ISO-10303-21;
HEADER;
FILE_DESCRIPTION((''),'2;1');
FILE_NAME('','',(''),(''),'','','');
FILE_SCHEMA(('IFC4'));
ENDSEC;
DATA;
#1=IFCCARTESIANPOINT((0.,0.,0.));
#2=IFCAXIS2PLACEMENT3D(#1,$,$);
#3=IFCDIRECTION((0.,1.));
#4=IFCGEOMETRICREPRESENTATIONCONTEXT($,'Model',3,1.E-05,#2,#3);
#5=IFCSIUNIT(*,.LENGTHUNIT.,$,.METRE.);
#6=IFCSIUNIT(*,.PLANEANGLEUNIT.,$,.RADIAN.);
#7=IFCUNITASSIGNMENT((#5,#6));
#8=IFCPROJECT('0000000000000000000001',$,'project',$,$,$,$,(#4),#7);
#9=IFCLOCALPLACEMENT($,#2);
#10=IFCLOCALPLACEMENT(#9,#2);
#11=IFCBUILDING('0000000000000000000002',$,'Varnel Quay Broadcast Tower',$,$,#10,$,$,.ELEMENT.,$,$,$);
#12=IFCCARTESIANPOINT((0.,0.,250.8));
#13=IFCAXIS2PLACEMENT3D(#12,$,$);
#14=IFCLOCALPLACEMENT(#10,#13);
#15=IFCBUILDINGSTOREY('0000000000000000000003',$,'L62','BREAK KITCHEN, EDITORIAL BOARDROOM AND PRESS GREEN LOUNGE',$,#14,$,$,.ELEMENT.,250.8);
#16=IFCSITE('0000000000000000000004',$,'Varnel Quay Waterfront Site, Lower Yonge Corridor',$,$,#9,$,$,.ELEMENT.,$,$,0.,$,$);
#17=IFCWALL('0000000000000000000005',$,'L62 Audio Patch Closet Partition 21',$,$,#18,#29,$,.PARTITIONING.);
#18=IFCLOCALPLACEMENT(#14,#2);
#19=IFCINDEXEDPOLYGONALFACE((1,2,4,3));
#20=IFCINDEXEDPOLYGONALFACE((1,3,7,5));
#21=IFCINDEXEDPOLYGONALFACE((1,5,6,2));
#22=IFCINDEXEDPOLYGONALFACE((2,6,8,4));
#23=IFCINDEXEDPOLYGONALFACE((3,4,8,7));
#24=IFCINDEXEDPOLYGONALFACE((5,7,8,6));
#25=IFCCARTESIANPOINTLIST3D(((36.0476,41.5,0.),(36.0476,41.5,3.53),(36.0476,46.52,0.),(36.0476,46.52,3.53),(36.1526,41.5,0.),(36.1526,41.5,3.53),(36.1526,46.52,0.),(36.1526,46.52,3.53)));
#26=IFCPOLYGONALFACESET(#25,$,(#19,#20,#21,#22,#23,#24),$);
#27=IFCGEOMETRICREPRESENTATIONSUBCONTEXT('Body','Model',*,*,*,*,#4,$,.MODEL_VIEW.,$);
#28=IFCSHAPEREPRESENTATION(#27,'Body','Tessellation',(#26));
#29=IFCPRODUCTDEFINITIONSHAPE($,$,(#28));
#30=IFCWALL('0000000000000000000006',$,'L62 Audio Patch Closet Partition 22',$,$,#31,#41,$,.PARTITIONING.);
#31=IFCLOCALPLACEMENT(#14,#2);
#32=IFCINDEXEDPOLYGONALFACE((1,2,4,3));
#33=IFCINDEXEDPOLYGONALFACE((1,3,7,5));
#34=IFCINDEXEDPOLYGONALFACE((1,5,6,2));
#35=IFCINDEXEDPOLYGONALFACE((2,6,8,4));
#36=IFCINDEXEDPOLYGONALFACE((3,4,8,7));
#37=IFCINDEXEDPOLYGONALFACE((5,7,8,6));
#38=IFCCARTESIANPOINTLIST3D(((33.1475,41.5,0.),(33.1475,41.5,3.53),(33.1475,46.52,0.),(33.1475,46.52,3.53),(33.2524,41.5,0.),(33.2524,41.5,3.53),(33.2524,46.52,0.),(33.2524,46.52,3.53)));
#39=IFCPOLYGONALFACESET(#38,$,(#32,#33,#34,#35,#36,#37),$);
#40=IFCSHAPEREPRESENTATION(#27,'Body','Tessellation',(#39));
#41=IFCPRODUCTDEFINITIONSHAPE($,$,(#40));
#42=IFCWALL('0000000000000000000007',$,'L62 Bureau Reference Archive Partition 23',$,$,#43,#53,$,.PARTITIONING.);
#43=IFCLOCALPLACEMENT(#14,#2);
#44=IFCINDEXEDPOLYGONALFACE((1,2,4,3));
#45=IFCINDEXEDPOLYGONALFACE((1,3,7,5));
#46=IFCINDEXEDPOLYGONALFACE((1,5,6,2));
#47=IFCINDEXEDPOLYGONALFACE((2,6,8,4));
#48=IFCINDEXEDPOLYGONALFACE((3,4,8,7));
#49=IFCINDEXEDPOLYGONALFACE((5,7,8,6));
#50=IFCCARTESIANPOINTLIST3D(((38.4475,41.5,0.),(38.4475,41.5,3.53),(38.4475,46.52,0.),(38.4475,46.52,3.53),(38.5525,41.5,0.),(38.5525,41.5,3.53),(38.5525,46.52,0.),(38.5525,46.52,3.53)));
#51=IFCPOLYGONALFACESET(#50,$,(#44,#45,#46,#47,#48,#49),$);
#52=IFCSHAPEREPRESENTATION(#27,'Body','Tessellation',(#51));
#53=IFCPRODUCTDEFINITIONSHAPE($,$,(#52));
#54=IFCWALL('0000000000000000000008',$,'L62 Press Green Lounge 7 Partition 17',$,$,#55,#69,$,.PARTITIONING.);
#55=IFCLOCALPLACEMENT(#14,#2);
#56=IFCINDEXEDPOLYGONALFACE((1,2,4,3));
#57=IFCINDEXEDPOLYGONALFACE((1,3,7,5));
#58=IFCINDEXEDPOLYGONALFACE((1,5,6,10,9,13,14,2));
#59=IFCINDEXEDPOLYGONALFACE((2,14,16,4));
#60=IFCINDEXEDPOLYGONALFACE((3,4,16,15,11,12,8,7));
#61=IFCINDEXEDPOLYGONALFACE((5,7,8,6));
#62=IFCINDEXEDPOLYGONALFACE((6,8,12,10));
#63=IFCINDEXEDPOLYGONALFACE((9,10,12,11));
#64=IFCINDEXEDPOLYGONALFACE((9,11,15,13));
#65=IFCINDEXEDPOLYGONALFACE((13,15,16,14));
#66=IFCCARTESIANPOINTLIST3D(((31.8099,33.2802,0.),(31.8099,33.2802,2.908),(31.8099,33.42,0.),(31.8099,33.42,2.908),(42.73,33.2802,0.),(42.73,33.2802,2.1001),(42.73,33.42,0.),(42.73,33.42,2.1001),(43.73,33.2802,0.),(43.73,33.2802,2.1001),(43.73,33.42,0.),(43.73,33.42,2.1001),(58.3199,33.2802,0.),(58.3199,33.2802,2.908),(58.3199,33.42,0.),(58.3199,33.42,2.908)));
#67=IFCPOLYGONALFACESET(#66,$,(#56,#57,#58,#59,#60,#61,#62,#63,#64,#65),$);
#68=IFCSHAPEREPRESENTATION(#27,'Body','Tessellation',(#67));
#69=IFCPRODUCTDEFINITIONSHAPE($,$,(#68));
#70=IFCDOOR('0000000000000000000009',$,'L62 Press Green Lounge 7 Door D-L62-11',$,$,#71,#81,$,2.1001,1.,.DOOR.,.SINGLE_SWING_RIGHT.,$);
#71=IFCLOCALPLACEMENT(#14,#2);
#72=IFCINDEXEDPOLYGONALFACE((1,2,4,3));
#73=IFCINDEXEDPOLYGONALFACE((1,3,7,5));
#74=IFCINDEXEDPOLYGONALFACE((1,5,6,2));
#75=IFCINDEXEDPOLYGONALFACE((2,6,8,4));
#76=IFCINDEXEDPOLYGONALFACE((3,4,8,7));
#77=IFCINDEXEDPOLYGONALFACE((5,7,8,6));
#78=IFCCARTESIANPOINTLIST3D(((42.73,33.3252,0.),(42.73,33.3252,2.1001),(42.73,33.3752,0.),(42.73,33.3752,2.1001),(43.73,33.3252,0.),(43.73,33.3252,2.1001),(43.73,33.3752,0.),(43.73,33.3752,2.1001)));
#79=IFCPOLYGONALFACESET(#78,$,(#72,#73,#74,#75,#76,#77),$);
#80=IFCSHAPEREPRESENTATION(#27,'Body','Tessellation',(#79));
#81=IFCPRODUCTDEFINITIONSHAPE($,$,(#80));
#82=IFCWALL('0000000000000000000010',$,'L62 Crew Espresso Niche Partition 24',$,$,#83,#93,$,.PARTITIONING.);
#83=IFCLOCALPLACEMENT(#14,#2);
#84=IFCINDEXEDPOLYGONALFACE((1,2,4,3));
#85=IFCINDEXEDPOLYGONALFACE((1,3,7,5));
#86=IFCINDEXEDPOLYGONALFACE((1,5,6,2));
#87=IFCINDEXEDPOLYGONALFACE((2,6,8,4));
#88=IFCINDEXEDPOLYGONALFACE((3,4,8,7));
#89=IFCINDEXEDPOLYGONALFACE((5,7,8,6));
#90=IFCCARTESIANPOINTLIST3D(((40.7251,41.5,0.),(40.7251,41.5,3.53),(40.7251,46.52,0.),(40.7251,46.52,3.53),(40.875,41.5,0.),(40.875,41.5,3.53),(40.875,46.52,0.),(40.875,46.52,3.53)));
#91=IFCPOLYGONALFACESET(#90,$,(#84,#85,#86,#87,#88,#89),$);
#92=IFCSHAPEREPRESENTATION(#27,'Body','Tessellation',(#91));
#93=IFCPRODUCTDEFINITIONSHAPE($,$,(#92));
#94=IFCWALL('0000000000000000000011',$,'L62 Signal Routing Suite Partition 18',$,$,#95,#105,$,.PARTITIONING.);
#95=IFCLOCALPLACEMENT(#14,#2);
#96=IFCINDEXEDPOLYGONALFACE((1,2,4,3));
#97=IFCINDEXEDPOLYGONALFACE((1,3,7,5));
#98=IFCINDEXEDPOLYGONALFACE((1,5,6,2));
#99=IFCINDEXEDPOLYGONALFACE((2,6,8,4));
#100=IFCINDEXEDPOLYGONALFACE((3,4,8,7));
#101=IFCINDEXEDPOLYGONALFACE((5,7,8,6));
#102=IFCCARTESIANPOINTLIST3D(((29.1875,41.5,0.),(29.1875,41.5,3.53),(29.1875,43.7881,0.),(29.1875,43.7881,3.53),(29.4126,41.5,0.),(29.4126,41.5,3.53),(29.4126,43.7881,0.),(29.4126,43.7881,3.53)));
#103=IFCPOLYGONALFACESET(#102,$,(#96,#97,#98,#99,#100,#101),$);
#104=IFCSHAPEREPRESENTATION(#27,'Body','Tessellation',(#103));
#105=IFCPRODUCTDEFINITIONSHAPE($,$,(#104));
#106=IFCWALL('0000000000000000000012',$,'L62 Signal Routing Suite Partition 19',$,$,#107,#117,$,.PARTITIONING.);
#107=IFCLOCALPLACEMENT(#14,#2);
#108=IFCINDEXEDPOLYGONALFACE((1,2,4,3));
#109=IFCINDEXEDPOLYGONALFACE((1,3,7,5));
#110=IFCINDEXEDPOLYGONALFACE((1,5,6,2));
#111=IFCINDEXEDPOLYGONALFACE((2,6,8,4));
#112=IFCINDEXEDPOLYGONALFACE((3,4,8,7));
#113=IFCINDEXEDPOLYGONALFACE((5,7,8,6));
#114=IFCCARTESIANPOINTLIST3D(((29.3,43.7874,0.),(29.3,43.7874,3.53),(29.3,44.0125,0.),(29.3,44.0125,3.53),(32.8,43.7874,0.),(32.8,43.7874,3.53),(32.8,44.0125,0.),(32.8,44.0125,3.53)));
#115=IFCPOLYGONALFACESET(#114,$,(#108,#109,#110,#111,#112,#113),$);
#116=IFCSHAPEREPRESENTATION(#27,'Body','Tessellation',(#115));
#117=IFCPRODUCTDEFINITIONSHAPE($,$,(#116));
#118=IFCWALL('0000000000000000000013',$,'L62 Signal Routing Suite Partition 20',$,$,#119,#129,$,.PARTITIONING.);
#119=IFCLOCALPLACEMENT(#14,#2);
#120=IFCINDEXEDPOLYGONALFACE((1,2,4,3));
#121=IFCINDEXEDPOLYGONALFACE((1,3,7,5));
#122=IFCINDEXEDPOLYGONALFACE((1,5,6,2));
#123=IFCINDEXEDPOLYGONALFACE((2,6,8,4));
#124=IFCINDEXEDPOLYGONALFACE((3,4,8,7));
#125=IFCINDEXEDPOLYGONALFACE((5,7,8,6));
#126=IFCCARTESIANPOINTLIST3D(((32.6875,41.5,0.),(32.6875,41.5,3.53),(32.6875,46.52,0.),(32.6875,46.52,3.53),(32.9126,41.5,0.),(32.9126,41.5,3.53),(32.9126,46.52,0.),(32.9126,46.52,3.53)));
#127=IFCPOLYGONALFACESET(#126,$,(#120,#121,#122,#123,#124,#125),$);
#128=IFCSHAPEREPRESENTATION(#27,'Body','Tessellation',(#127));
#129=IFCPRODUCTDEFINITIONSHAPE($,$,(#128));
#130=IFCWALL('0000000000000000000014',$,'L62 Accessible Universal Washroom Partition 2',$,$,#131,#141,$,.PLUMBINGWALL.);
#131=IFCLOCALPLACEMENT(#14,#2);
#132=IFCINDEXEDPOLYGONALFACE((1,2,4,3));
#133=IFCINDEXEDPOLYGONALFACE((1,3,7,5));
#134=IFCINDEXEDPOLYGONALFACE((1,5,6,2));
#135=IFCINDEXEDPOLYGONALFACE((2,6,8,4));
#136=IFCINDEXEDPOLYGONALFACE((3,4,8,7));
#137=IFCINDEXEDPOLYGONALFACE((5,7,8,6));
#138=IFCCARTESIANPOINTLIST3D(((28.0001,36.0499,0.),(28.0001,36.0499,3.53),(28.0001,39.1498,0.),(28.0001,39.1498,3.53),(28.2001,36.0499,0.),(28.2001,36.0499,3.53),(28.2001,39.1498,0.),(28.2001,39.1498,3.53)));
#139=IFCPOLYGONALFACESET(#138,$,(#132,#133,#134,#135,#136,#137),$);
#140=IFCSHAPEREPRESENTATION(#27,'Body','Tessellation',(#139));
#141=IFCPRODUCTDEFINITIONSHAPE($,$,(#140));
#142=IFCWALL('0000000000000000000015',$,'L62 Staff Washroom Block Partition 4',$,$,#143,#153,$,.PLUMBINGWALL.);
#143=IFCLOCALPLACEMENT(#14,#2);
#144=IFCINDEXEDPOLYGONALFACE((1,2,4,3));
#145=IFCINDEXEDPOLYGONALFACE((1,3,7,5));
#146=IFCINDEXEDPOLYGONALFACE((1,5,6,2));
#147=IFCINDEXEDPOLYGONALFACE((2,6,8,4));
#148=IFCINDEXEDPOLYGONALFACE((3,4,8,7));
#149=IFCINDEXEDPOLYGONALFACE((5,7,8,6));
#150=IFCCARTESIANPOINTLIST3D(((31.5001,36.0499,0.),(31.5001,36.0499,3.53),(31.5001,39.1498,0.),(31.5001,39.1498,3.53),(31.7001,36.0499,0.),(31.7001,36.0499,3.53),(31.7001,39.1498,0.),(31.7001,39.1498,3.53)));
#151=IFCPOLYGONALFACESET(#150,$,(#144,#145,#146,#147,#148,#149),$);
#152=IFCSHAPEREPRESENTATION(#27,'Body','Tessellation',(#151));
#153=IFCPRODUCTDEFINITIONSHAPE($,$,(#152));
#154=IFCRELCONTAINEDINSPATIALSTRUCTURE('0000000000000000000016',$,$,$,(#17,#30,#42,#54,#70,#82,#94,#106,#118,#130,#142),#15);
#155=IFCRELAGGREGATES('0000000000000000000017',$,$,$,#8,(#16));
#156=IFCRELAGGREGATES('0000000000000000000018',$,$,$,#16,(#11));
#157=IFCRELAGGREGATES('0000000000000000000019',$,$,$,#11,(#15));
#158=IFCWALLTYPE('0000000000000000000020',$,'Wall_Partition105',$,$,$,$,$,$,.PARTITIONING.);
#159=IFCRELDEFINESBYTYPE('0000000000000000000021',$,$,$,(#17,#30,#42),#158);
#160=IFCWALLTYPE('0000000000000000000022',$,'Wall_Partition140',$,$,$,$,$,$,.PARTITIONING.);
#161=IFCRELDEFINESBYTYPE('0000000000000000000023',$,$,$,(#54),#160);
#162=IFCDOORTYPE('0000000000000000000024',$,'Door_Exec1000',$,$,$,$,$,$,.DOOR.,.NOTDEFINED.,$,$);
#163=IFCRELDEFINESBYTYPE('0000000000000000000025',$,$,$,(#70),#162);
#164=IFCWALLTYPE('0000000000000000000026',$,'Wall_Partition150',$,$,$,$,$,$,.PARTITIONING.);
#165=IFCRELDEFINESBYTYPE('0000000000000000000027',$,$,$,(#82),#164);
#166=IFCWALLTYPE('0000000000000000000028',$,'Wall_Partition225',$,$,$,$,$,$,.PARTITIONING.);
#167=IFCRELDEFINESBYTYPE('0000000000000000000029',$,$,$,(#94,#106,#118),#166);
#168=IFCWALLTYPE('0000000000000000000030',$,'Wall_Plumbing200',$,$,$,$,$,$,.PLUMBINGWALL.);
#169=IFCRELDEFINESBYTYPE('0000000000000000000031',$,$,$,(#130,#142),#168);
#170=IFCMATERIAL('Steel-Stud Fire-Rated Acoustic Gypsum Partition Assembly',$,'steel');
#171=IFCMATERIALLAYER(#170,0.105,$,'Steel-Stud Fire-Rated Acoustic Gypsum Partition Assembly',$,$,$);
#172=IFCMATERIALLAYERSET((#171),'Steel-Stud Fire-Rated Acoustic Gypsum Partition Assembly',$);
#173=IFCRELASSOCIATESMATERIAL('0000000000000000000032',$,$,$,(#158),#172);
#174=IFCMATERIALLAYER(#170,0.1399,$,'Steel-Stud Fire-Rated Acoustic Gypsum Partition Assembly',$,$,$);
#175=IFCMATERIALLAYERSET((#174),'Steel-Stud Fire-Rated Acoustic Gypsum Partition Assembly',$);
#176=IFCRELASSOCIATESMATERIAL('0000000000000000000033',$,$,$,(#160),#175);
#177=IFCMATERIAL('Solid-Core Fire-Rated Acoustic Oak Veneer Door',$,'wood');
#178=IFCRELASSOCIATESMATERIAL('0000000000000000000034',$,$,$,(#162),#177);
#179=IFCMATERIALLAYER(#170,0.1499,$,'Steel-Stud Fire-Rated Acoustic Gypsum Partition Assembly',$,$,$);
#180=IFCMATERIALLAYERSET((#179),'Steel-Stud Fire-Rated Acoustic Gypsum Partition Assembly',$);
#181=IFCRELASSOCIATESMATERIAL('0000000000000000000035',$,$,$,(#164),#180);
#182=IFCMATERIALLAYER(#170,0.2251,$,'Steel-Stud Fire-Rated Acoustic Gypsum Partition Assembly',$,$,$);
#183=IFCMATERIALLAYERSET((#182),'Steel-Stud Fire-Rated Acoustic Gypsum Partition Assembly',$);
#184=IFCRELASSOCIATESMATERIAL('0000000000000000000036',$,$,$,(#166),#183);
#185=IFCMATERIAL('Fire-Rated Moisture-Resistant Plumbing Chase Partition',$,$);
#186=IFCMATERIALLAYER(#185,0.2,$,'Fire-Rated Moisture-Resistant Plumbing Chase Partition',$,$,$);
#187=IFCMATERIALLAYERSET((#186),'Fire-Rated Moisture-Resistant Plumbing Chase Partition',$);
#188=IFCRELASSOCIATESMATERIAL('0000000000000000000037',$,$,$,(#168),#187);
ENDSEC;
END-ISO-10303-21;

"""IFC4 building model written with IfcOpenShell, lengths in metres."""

from ifc_helpers import new_model, si_unit, direction, frame, frame_2d, origin, place, context, subcontext, project, spatial, rectangle, extrude, source, transform, mapped, material, layer, layer_set, type_object, type_shapes, element, fill, save


model = new_model("IFC4")

# Units and contexts
model_context = context("Model", 3, precision=1e-05, world=origin(), true_north=direction((0.0, 1.0)))
body_context = subcontext(model_context, "Body", "Model", "MODEL_VIEW")
ifc_project = project(units=[si_unit("LENGTHUNIT", "METRE"), si_unit("PLANEANGLEUNIT", "RADIAN")], contexts=[model_context])

# Site, building, storey
site_placement = place(None, origin())
site = spatial("IfcSite", under=ifc_project, at=site_placement, Name="Varnel Quay Waterfront Site, Lower Yonge Corridor", CompositionType="ELEMENT", RefElevation=0.0)
building_placement = place(site_placement, origin())
building = spatial("IfcBuilding", under=site, at=building_placement, Name="Varnel Quay Broadcast Tower", CompositionType="ELEMENT")
storey_placement = place(building_placement, frame((0.0, 0.0, 250.8)))
storey = spatial("IfcBuildingStorey", under=building, at=storey_placement, Name="L62", Description="BREAK KITCHEN, EDITORIAL BOARDROOM AND PRESS GREEN LOUNGE", CompositionType="ELEMENT", Elevation=250.8)

# Walls
ifc_material_1 = material(Name="Steel-Stud Fire-Rated Acoustic Gypsum Partition Assembly", Category="steel")
ifc_layer_1 = layer(ifc_material_1, 0.105, Name="Steel-Stud Fire-Rated Acoustic Gypsum Partition Assembly")
ifc_layer_set_1 = layer_set([ifc_layer_1], Name="Steel-Stud Fire-Rated Acoustic Gypsum Partition Assembly")
wall_type_1 = type_object("IfcWallType", Name="Wall_Partition105", PredefinedType="PARTITIONING", material=ifc_layer_set_1)
for number, where, z_axis, x_axis, name in (
    (1, (36.1001, 41.5, 0.0), (0.0, 0.0, 1.0), (0.0, 1.0, 0.0), "L62 Audio Patch Closet Partition 21"),
    (2, (33.2, 41.5, 0.0), (0.0, 0.0, 1.0), (0.0, 1.0, 0.0), "L62 Audio Patch Closet Partition 22"),
    (3, (38.5, 41.5, 0.0), (0.0, 0.0, 1.0), (0.0, 1.0, 0.0), "L62 Bureau Reference Archive Partition 23"),
):
    element("IfcWall", number, at=place(storey_placement, frame(where, z_axis=z_axis, x_axis=x_axis)), inside=storey, type_object=wall_type_1, Name=name, PredefinedType="PARTITIONING", context=body_context, shape_type="SweptSolid", body=[
        extrude(rectangle(XDim=5.02, YDim=0.105, at=frame_2d((2.51, 0.0))), origin(), (0.0, 0.0, 1.0), 3.53),
    ])

# Wall, opening, door
ifc_layer_2 = layer(ifc_material_1, 0.1399, Name="Steel-Stud Fire-Rated Acoustic Gypsum Partition Assembly")
ifc_layer_set_2 = layer_set([ifc_layer_2], Name="Steel-Stud Fire-Rated Acoustic Gypsum Partition Assembly")
wall_type_2 = type_object("IfcWallType", Name="Wall_Partition140", PredefinedType="PARTITIONING", material=ifc_layer_set_2)
wall_1_placement = place(storey_placement, frame((31.8101, 33.3501, 0.0), z_axis=(0.0, 0.0, 1.0), x_axis=(1.0, 0.0, 0.0)))
wall_1 = element("IfcWall", 4, at=wall_1_placement, inside=storey, type_object=wall_type_2, Name="L62 Press Green Lounge 7 Partition 17", PredefinedType="PARTITIONING", context=body_context, shape_type="SweptSolid", body=[
    extrude(rectangle(XDim=26.51, YDim=0.1399, at=frame_2d((13.2549, 0.0))), origin(), (0.0, 0.0, 1.0), 2.908),
])
opening_1_placement = place(wall_1_placement, frame((10.9199, 0.0, 0.0)))
opening_1 = element("IfcOpeningElement", 5, at=opening_1_placement, cuts=wall_1, PredefinedType="OPENING", context=body_context, shape_type="SweptSolid", body=[
    extrude(rectangle(XDim=1.0, YDim=2.1001, at=frame_2d((0.5, 1.05))), frame((0.0, 0.0801, 0.0), z_axis=(0.0, -1.0, 0.0), x_axis=(1.0, 0.0, 0.0)), (0.0, 0.0, 1.0), 0.1599),
])
ifc_material_2 = material(Name="Solid-Core Fire-Rated Acoustic Oak Veneer Door", Category="wood")
door_type_1 = type_object("IfcDoorType", Name="Door_Exec1000", OperationType="NOTDEFINED", PredefinedType="DOOR", material=ifc_material_2)
shared_shape_1 = source(origin(), body_context, "Body", "SweptSolid", [
    extrude(rectangle(XDim=1.0, YDim=2.1001, at=frame_2d((0.5, 1.05))), frame((0.0, 0.0249, 0.0), z_axis=(0.0, -1.0, 0.0), x_axis=(1.0, 0.0, 0.0)), (0.0, 0.0, 1.0), 0.05),
])
type_shapes(door_type_1, [shared_shape_1])
door_1_placement = place(opening_1_placement, frame((1.0, 0.0, 0.0), z_axis=(0.0, 0.0, 1.0), x_axis=(-1.0, 0.0, 0.0)))
door_1 = element("IfcDoor", 6, at=door_1_placement, inside=storey, type_object=door_type_1, Name="L62 Press Green Lounge 7 Door D-L62-11", OperationType="SINGLE_SWING_RIGHT", OverallHeight=2.1001, OverallWidth=1.0, PredefinedType="DOOR", context=body_context, shape_type="MappedRepresentation", body=[
    mapped(shared_shape_1, transform((0.0, 0.0, 0.0), x_axis=(1.0, 0.0, 0.0), y_axis=(0.0, 1.0, 0.0), z_axis=(0.0, 0.0, 1.0), scale=1.0)),
])
fill(opening_1, door_1)

# Walls
ifc_layer_3 = layer(ifc_material_1, 0.1499, Name="Steel-Stud Fire-Rated Acoustic Gypsum Partition Assembly")
ifc_layer_set_3 = layer_set([ifc_layer_3], Name="Steel-Stud Fire-Rated Acoustic Gypsum Partition Assembly")
wall_type_3 = type_object("IfcWallType", Name="Wall_Partition150", PredefinedType="PARTITIONING", material=ifc_layer_set_3)
wall_2_placement = place(storey_placement, frame((40.8, 41.5, 0.0), z_axis=(0.0, 0.0, 1.0), x_axis=(0.0, 1.0, 0.0)))
element("IfcWall", 7, at=wall_2_placement, inside=storey, type_object=wall_type_3, Name="L62 Crew Espresso Niche Partition 24", PredefinedType="PARTITIONING", context=body_context, shape_type="SweptSolid", body=[
    extrude(rectangle(XDim=5.02, YDim=0.1499, at=frame_2d((2.51, 0.0))), origin(), (0.0, 0.0, 1.0), 3.53),
])
ifc_layer_4 = layer(ifc_material_1, 0.2251, Name="Steel-Stud Fire-Rated Acoustic Gypsum Partition Assembly")
ifc_layer_set_4 = layer_set([ifc_layer_4], Name="Steel-Stud Fire-Rated Acoustic Gypsum Partition Assembly")
wall_type_4 = type_object("IfcWallType", Name="Wall_Partition225", PredefinedType="PARTITIONING", material=ifc_layer_set_4)
wall_3_placement = place(storey_placement, frame((29.3, 41.5, 0.0), z_axis=(0.0, 0.0, 1.0), x_axis=(0.0, 1.0, 0.0)))
element("IfcWall", 8, at=wall_3_placement, inside=storey, type_object=wall_type_4, Name="L62 Signal Routing Suite Partition 18", PredefinedType="PARTITIONING", context=body_context, shape_type="SweptSolid", body=[
    extrude(rectangle(XDim=2.2881, YDim=0.2251, at=frame_2d((1.144, 0.0))), origin(), (0.0, 0.0, 1.0), 3.53),
])
wall_4_placement = place(storey_placement, frame((29.3, 43.8999, 0.0), z_axis=(0.0, 0.0, 1.0), x_axis=(1.0, 0.0, 0.0)))
element("IfcWall", 9, at=wall_4_placement, inside=storey, type_object=wall_type_4, Name="L62 Signal Routing Suite Partition 19", PredefinedType="PARTITIONING", context=body_context, shape_type="SweptSolid", body=[
    extrude(rectangle(XDim=3.5, YDim=0.2251, at=frame_2d((1.75, 0.0))), origin(), (0.0, 0.0, 1.0), 3.53),
])
wall_5_placement = place(storey_placement, frame((32.8, 41.5, 0.0), z_axis=(0.0, 0.0, 1.0), x_axis=(0.0, 1.0, 0.0)))
element("IfcWall", 10, at=wall_5_placement, inside=storey, type_object=wall_type_4, Name="L62 Signal Routing Suite Partition 20", PredefinedType="PARTITIONING", context=body_context, shape_type="SweptSolid", body=[
    extrude(rectangle(XDim=5.02, YDim=0.2251, at=frame_2d((2.51, 0.0))), origin(), (0.0, 0.0, 1.0), 3.53),
])
ifc_material_3 = material(Name="Fire-Rated Moisture-Resistant Plumbing Chase Partition")
ifc_layer_5 = layer(ifc_material_3, 0.2, Name="Fire-Rated Moisture-Resistant Plumbing Chase Partition")
ifc_layer_set_5 = layer_set([ifc_layer_5], Name="Fire-Rated Moisture-Resistant Plumbing Chase Partition")
wall_type_5 = type_object("IfcWallType", Name="Wall_Plumbing200", PredefinedType="PLUMBINGWALL", material=ifc_layer_set_5)
for number, where, z_axis, x_axis, name in (
    (11, (28.1001, 36.05, 0.0), (0.0, 0.0, 1.0), (0.0, 1.0, 0.0), "L62 Accessible Universal Washroom Partition 2"),
    (12, (31.6001, 36.05, 0.0), (0.0, 0.0, 1.0), (0.0, 1.0, 0.0), "L62 Staff Washroom Block Partition 4"),
):
    element("IfcWall", number, at=place(storey_placement, frame(where, z_axis=z_axis, x_axis=x_axis)), inside=storey, type_object=wall_type_5, Name=name, PredefinedType="PLUMBINGWALL", context=body_context, shape_type="SweptSolid", body=[
        extrude(rectangle(XDim=3.0999, YDim=0.2, at=frame_2d((1.5498, 0.0))), origin(), (0.0, 0.0, 1.0), 3.53),
    ])

save(model, "model.ifc")
